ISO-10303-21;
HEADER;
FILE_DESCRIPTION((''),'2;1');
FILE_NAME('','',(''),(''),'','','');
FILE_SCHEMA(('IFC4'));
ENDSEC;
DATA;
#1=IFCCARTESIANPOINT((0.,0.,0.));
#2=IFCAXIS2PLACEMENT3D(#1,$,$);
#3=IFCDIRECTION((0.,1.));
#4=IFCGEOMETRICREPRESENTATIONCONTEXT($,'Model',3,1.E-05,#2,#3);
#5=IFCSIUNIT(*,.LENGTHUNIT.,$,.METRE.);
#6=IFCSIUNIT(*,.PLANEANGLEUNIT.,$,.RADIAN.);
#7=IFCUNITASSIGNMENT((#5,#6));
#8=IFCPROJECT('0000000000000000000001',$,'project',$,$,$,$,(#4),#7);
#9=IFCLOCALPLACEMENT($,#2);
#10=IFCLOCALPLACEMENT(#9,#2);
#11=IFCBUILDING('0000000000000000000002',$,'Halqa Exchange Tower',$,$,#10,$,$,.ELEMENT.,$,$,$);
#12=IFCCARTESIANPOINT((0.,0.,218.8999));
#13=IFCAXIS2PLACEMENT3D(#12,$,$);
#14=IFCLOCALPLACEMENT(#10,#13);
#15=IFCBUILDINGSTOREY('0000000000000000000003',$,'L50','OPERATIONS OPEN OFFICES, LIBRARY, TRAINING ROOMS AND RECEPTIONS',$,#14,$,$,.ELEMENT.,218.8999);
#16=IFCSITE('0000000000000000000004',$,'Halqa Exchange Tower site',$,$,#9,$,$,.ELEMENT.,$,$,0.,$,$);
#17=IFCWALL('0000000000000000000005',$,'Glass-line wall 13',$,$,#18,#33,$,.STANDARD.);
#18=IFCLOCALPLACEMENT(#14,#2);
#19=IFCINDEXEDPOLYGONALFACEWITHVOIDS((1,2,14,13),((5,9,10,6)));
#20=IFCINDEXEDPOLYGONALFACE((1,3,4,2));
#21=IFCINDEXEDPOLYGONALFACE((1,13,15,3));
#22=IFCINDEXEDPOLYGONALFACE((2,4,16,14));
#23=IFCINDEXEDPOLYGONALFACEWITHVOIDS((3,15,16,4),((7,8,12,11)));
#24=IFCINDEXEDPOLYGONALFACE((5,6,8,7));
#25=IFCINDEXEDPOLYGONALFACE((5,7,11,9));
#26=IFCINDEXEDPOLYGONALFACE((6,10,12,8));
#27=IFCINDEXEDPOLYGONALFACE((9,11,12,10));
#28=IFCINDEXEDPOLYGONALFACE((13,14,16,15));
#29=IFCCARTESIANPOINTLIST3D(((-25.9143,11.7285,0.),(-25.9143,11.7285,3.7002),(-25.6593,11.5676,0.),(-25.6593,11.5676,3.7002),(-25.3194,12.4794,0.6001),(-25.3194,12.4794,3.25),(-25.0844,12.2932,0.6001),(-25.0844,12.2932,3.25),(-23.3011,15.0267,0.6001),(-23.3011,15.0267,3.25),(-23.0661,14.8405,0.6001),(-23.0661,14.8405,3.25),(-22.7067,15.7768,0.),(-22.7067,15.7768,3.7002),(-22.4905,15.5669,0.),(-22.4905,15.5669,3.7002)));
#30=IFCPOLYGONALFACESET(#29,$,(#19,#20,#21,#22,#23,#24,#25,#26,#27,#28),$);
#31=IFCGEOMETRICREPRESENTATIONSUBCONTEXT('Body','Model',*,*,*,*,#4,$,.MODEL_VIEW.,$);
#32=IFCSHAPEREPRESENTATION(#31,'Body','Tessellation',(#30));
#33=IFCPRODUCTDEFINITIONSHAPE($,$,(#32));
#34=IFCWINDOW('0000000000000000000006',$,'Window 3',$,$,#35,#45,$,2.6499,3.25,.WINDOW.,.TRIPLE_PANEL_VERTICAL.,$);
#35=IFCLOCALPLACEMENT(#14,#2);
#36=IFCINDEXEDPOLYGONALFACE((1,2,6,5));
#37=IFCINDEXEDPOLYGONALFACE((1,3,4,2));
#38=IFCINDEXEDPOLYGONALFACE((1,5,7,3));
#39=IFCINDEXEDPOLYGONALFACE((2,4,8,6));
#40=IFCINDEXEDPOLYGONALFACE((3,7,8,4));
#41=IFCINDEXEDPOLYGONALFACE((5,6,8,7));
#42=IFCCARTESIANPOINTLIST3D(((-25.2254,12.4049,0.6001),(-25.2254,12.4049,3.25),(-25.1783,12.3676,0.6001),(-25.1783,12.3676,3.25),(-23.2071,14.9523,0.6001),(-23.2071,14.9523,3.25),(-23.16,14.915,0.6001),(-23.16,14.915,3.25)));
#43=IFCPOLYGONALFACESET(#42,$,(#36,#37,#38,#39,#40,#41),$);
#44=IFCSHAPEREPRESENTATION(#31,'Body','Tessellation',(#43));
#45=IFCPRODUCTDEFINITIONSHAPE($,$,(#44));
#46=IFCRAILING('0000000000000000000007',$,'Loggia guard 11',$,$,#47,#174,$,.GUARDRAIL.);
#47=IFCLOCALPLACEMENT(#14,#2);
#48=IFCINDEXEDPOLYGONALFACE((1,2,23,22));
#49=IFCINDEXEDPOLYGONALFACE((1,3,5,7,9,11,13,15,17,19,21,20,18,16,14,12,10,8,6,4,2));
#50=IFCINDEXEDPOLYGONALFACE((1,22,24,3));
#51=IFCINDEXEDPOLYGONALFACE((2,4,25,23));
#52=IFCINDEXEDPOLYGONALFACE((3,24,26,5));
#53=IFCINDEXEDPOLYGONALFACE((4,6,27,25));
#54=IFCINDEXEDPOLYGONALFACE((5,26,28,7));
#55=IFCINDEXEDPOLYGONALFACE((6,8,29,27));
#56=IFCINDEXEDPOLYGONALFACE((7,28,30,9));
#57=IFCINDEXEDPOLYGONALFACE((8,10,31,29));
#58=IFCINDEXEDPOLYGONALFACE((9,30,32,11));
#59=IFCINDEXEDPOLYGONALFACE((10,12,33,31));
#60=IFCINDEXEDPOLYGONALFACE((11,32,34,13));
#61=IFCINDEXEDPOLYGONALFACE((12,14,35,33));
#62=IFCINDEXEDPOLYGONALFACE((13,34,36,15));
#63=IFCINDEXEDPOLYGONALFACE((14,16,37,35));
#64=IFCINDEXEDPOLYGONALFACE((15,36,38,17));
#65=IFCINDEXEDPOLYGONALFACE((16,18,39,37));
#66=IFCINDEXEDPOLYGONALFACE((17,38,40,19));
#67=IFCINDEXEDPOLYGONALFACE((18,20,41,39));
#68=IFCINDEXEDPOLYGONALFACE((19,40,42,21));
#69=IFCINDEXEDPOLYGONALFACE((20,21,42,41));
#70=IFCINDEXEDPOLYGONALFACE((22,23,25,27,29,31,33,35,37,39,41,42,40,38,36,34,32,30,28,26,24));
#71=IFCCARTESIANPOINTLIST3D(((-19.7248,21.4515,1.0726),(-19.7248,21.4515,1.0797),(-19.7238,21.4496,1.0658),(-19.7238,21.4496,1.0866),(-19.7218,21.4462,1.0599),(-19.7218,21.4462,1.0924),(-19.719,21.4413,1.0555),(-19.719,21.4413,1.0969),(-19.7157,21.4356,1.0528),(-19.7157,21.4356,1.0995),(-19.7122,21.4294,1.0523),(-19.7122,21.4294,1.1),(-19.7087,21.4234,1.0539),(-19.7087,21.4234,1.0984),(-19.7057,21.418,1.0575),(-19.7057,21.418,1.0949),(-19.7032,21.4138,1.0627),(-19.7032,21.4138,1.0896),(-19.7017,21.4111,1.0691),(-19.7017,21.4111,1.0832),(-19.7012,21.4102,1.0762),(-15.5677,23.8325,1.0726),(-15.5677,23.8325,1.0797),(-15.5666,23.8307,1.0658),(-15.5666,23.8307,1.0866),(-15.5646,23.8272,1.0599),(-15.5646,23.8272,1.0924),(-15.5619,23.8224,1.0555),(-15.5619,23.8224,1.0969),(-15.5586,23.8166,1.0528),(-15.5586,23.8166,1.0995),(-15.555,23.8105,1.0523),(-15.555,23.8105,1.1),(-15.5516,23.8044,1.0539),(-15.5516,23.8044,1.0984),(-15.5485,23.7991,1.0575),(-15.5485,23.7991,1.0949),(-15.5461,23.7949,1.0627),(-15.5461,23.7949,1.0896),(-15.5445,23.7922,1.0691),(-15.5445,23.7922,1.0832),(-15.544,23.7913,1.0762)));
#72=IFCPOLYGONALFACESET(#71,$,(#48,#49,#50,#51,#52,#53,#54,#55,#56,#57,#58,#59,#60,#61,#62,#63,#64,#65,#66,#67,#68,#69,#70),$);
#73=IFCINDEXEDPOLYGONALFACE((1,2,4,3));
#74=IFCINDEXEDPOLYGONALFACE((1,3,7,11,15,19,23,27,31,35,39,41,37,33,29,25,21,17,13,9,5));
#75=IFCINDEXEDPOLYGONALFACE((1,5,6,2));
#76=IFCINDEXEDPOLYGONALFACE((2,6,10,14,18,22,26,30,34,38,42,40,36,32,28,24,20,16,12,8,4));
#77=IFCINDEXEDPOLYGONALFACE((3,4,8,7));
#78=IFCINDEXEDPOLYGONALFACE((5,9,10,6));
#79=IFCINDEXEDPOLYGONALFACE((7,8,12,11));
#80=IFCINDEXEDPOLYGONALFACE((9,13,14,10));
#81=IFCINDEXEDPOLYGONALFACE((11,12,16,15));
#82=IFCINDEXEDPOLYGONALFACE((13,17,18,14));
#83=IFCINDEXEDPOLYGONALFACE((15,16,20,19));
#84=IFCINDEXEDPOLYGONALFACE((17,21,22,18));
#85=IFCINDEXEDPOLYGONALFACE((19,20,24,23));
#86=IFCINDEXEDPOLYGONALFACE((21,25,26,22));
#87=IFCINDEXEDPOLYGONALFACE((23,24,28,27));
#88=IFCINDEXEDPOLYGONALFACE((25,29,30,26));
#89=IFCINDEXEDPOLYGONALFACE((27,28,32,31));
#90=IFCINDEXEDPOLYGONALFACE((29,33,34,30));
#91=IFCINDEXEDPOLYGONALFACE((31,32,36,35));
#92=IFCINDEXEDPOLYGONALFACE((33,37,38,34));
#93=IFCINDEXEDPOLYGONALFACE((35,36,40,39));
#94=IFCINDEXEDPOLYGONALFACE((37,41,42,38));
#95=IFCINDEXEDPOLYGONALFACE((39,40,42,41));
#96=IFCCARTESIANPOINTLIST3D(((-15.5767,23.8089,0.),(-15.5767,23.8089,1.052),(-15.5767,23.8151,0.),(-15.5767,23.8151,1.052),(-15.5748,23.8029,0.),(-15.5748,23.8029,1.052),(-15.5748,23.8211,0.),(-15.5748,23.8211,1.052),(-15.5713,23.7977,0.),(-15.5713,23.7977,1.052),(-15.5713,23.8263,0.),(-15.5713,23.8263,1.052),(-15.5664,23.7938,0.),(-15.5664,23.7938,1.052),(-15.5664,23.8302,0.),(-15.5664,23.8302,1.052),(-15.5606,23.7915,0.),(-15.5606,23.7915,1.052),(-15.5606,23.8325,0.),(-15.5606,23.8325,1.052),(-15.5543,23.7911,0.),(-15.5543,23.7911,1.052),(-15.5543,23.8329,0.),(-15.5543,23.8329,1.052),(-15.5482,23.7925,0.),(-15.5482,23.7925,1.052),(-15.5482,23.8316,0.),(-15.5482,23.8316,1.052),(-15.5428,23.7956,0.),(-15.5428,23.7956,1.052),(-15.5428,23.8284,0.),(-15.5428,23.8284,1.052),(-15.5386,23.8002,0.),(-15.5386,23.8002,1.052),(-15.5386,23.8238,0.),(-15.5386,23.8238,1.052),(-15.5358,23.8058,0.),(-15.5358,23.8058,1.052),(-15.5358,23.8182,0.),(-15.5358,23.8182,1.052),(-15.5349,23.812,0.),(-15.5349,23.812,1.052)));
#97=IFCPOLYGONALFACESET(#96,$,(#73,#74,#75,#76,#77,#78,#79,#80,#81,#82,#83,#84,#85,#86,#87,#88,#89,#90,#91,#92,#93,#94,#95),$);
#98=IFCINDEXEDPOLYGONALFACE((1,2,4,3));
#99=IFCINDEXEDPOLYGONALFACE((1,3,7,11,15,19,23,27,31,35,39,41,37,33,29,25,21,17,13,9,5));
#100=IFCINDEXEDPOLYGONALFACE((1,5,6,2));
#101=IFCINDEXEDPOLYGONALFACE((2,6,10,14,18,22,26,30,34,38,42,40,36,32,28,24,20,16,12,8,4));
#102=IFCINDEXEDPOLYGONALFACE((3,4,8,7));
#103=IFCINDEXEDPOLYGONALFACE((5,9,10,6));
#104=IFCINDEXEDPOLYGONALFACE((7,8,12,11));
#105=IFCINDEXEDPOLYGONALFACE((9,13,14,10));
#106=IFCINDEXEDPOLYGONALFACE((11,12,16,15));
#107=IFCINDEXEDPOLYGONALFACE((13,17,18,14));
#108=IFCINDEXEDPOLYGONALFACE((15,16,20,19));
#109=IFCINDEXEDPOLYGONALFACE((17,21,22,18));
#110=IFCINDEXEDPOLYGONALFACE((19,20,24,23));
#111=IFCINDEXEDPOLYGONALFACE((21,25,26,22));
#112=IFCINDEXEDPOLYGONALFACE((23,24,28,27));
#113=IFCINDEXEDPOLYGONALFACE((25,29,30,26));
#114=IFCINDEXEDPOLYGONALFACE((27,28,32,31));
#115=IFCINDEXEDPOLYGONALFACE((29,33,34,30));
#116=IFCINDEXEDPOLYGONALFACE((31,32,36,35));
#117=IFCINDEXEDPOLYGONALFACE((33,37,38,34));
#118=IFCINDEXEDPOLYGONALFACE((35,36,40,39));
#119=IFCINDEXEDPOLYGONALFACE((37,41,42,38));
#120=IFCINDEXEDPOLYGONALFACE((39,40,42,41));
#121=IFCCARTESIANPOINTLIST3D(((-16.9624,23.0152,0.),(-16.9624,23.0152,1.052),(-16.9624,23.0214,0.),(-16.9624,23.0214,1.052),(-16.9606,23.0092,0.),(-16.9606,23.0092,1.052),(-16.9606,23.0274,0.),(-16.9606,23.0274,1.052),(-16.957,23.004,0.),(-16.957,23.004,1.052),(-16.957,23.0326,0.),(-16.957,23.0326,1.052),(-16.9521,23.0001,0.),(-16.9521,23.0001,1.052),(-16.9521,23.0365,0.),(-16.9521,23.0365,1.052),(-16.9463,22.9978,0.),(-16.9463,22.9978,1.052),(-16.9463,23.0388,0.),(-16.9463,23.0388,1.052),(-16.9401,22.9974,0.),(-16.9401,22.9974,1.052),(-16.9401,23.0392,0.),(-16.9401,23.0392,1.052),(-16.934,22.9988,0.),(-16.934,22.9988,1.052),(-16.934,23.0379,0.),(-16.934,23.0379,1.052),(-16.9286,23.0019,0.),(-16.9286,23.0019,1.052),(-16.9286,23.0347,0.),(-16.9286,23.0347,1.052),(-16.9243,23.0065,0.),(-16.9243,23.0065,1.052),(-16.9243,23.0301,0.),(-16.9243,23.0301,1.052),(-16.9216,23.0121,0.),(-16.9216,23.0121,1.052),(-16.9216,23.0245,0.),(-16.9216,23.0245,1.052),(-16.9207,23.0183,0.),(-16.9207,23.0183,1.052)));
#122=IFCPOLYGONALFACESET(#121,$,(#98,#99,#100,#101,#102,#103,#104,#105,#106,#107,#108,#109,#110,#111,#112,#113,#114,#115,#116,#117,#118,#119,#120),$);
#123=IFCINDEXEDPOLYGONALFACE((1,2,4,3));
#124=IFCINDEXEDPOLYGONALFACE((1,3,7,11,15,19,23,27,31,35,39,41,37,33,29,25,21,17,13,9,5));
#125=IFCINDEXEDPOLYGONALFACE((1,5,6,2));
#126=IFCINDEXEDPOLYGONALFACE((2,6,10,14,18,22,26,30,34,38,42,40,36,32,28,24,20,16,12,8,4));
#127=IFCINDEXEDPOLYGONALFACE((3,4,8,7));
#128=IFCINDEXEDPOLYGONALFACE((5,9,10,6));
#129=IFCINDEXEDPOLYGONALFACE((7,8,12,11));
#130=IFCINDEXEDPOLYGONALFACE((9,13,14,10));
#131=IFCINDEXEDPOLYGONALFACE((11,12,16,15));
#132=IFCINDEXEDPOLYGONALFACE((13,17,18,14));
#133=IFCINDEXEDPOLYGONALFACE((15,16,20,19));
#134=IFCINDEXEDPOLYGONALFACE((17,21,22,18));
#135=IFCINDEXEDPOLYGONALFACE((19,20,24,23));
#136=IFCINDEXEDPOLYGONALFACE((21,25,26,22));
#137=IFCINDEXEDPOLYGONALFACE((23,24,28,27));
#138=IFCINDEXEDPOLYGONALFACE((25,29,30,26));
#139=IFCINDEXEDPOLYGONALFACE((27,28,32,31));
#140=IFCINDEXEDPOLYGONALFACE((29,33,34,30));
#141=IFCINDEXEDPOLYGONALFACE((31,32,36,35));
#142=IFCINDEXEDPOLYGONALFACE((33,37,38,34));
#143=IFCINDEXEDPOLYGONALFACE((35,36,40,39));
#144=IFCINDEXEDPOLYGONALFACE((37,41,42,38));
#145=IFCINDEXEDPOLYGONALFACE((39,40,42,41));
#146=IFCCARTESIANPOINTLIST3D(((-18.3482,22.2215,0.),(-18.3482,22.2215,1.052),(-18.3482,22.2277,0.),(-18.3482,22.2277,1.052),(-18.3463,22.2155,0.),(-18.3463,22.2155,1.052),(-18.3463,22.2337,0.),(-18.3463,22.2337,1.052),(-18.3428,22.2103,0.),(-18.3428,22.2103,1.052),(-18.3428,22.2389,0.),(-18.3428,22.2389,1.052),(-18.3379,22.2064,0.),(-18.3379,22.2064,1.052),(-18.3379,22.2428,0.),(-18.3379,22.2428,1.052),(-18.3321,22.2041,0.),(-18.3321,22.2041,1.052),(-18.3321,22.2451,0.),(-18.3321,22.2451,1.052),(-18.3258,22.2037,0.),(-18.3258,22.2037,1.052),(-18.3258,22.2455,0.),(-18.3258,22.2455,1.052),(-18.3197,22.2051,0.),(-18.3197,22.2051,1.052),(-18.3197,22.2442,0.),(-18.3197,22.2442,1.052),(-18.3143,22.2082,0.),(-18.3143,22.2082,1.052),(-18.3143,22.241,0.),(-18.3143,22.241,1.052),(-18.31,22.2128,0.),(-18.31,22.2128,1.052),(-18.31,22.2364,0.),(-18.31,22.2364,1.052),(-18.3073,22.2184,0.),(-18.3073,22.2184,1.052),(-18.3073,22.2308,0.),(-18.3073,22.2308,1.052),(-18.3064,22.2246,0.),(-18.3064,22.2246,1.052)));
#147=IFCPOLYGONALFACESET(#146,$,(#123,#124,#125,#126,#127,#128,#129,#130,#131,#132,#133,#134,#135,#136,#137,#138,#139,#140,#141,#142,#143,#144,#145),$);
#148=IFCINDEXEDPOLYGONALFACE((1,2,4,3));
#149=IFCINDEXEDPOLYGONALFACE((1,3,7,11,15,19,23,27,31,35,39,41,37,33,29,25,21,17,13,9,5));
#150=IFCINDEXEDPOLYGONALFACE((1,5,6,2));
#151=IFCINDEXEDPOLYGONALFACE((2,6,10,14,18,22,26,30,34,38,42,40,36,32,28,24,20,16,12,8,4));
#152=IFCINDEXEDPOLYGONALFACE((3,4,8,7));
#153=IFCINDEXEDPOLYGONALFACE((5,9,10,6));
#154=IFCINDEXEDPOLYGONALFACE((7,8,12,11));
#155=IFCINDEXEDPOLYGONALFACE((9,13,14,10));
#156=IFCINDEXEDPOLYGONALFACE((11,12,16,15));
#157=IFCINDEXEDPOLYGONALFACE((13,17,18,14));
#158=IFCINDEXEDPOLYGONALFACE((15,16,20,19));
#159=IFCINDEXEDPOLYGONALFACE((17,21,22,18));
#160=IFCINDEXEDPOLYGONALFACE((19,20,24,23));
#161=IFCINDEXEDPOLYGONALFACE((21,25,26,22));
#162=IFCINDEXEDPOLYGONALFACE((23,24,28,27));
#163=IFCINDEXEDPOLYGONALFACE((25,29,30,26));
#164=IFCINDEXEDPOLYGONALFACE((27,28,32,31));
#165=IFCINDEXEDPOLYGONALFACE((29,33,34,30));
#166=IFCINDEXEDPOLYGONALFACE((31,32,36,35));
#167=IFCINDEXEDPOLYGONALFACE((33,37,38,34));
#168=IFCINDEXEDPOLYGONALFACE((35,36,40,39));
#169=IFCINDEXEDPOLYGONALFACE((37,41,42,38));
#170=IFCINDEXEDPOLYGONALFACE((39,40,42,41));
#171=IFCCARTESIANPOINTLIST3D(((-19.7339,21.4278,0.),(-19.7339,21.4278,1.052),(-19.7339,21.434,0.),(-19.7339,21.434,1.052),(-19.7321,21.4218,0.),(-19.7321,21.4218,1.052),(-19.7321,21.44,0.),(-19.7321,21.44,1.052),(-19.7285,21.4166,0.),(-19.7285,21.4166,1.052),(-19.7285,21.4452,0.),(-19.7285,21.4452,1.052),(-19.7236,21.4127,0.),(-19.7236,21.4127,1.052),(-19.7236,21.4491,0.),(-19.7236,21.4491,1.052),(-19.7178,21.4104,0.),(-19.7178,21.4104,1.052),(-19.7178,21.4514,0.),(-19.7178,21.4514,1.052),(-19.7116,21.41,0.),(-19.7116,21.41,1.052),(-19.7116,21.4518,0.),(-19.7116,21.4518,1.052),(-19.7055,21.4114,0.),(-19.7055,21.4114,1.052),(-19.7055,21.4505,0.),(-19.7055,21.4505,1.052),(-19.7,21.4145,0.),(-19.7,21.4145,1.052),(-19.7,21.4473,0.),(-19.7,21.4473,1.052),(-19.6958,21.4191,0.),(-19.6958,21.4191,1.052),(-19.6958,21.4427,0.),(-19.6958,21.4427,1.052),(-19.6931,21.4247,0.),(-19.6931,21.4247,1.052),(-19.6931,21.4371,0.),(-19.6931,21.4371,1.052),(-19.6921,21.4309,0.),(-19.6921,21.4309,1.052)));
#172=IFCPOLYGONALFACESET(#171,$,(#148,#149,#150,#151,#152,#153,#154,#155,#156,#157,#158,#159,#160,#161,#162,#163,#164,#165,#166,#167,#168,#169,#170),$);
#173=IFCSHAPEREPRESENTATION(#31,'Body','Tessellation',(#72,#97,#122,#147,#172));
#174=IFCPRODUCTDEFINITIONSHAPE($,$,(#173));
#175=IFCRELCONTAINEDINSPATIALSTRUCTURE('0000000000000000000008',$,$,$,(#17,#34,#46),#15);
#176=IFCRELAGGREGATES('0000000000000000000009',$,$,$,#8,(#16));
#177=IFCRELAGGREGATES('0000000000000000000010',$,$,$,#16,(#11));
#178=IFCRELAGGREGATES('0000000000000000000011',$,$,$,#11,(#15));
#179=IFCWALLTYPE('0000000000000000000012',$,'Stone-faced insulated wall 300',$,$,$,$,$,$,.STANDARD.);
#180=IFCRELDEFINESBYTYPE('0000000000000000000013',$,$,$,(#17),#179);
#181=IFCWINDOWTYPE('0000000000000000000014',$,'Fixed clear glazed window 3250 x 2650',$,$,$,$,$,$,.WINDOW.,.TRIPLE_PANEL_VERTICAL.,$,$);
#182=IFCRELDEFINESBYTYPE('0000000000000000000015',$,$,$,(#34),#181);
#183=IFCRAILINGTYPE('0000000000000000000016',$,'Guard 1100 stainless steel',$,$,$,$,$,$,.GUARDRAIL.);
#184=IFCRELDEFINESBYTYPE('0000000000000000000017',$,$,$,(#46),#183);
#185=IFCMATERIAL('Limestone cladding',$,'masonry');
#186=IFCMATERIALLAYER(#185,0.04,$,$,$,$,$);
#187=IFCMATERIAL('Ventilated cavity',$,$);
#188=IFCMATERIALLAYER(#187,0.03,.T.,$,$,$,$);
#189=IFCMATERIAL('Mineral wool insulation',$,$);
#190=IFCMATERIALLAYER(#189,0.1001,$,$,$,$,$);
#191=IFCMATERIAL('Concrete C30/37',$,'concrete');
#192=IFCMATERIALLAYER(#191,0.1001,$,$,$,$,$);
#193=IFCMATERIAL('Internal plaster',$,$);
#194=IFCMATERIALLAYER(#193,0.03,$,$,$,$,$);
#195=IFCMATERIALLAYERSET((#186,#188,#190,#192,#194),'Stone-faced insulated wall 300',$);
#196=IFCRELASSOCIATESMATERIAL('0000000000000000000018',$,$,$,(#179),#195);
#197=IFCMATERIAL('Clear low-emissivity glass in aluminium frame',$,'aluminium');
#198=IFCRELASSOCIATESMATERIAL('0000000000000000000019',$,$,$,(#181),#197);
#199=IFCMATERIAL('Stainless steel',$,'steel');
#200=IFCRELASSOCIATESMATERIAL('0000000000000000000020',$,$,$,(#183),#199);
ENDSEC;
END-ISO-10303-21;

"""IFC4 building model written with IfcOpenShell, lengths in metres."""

from ifc_helpers import new_model, si_unit, direction, frame, frame_2d, origin, origin_2d, place, context, subcontext, project, spatial, polyline, rectangle, circle, outline, extrude, material, layer, layer_set, type_object, element, fill, save


model = new_model("IFC4")

# Units and contexts
model_context = context("Model", 3, precision=1e-05, world=origin(), true_north=direction((0.0, 1.0)))
body_context = subcontext(model_context, "Body", "Model", "MODEL_VIEW")
ifc_project = project(units=[si_unit("LENGTHUNIT", "METRE"), si_unit("PLANEANGLEUNIT", "RADIAN")], contexts=[model_context])

# Site, building, storey
site_placement = place(None, origin())
site = spatial("IfcSite", under=ifc_project, at=site_placement, Name="Halqa Exchange Tower site", CompositionType="ELEMENT", RefElevation=0.0)
building_placement = place(site_placement, origin())
building = spatial("IfcBuilding", under=site, at=building_placement, Name="Halqa Exchange Tower", CompositionType="ELEMENT")
storey_placement = place(building_placement, frame((0.0, 0.0, 218.8999)))
storey = spatial("IfcBuildingStorey", under=building, at=storey_placement, Name="L50", Description="OPERATIONS OPEN OFFICES, LIBRARY, TRAINING ROOMS AND RECEPTIONS", CompositionType="ELEMENT", Elevation=218.8999)

# Shared definitions
ifc_material_1 = material(Name="Limestone cladding", Category="masonry")
ifc_layer_1 = layer(ifc_material_1, 0.04)
ifc_material_2 = material(Name="Ventilated cavity")
ifc_layer_2 = layer(ifc_material_2, 0.03, ventilated=True)
ifc_material_3 = material(Name="Mineral wool insulation")
ifc_layer_3 = layer(ifc_material_3, 0.1001)
ifc_material_4 = material(Name="Concrete C30/37", Category="concrete")
ifc_layer_4 = layer(ifc_material_4, 0.1001)
ifc_material_5 = material(Name="Internal plaster")
ifc_layer_5 = layer(ifc_material_5, 0.03)
ifc_layer_set_1 = layer_set([ifc_layer_1, ifc_layer_2, ifc_layer_3, ifc_layer_4, ifc_layer_5], Name="Stone-faced insulated wall 300")
wall_type_1 = type_object("IfcWallType", Name="Stone-faced insulated wall 300", PredefinedType="STANDARD", material=ifc_layer_set_1)
ifc_material_6 = material(Name="Clear low-emissivity glass in aluminium frame", Category="aluminium")
window_type = type_object("IfcWindowType", Name="Fixed clear glazed window 3250 x 2650", PartitioningType="TRIPLE_PANEL_VERTICAL", PredefinedType="WINDOW", material=ifc_material_6)

# Wall, opening, window
wall_1_placement = place(storey_placement, frame((-22.5986, 15.6719, 0.0), z_axis=(0.0, 0.0, 1.0), x_axis=(-0.621017, -0.783797, 0.0)))
wall_1 = element("IfcWall", 1, at=wall_1_placement, inside=storey, type_object=wall_type_1, Name="Glass-line wall 13", PredefinedType="STANDARD", context=body_context, shape_type="SweptSolid", body=[
    extrude(outline(polyline([(-0.0151, -0.1499), (5.1499, -0.1499), (5.1177, 0.1499), (0.0151, 0.1499), (-0.0151, -0.1499)])), origin(), (0.0, 0.0, 1.0), 3.7002),
])
opening_1_placement = place(wall_1_placement, frame((0.9419, 0.0, 0.6001)))
opening_1 = element("IfcOpeningElement", 2, at=opening_1_placement, cuts=wall_1, PredefinedType="OPENING", context=body_context, shape_type="SweptSolid", body=[
    extrude(rectangle(XDim=3.25, YDim=2.6499, at=frame_2d((1.625, 1.325))), frame((0.0, 0.1621, 0.0), z_axis=(0.0, -1.0, 0.0), x_axis=(1.0, 0.0, 0.0)), (0.0, 0.0, 1.0), 0.324),
])
window_1_placement = place(opening_1_placement, origin())
window_1 = element("IfcWindow", 3, at=window_1_placement, inside=storey, type_object=window_type, Name="Window 3", OverallHeight=2.6499, OverallWidth=3.25, PartitioningType="TRIPLE_PANEL_VERTICAL", PredefinedType="WINDOW", context=body_context, shape_type="SweptSolid", body=[
    extrude(rectangle(XDim=3.25, YDim=2.6499, at=frame_2d((1.625, 1.325))), frame((0.0, 0.03, 0.0), z_axis=(0.0, -1.0, 0.0), x_axis=(1.0, 0.0, 0.0)), (0.0, 0.0, 1.0), 0.0601),
])
fill(opening_1, window_1)

# Railing
ifc_material_7 = material(Name="Stainless steel", Category="steel")
railing_type = type_object("IfcRailingType", Name="Guard 1100 stainless steel", PredefinedType="GUARDRAIL", material=ifc_material_7)
railing_1_placement = place(storey_placement, frame((-15.5559, 23.812, 0.0)))
element("IfcRailing", 4, at=railing_1_placement, inside=storey, type_object=railing_type, Name="Loggia guard 11", PredefinedType="GUARDRAIL", context=body_context, shape_type="SweptSolid", body=[
    extrude(circle(Radius=0.0239, at=origin_2d()), frame((0.0, 0.0, 1.0762), z_axis=(-0.867744, -0.497011, 0.0), x_axis=(0.497011, -0.867744, 0.0)), (0.0, 0.0, 1.0), 4.7908),
    extrude(circle(Radius=0.021, at=origin_2d()), origin(), (0.0, 0.0, 1.0), 1.052),
    extrude(circle(Radius=0.021, at=origin_2d()), frame((-1.3857, -0.7937, 0.0)), (0.0, 0.0, 1.0), 1.052),
    extrude(circle(Radius=0.021, at=origin_2d()), frame((-2.7715, -1.5874, 0.0)), (0.0, 0.0, 1.0), 1.052),
    extrude(circle(Radius=0.021, at=origin_2d()), frame((-4.1572, -2.3811, 0.0)), (0.0, 0.0, 1.0), 1.052),
])

save(model, "model.ifc")
